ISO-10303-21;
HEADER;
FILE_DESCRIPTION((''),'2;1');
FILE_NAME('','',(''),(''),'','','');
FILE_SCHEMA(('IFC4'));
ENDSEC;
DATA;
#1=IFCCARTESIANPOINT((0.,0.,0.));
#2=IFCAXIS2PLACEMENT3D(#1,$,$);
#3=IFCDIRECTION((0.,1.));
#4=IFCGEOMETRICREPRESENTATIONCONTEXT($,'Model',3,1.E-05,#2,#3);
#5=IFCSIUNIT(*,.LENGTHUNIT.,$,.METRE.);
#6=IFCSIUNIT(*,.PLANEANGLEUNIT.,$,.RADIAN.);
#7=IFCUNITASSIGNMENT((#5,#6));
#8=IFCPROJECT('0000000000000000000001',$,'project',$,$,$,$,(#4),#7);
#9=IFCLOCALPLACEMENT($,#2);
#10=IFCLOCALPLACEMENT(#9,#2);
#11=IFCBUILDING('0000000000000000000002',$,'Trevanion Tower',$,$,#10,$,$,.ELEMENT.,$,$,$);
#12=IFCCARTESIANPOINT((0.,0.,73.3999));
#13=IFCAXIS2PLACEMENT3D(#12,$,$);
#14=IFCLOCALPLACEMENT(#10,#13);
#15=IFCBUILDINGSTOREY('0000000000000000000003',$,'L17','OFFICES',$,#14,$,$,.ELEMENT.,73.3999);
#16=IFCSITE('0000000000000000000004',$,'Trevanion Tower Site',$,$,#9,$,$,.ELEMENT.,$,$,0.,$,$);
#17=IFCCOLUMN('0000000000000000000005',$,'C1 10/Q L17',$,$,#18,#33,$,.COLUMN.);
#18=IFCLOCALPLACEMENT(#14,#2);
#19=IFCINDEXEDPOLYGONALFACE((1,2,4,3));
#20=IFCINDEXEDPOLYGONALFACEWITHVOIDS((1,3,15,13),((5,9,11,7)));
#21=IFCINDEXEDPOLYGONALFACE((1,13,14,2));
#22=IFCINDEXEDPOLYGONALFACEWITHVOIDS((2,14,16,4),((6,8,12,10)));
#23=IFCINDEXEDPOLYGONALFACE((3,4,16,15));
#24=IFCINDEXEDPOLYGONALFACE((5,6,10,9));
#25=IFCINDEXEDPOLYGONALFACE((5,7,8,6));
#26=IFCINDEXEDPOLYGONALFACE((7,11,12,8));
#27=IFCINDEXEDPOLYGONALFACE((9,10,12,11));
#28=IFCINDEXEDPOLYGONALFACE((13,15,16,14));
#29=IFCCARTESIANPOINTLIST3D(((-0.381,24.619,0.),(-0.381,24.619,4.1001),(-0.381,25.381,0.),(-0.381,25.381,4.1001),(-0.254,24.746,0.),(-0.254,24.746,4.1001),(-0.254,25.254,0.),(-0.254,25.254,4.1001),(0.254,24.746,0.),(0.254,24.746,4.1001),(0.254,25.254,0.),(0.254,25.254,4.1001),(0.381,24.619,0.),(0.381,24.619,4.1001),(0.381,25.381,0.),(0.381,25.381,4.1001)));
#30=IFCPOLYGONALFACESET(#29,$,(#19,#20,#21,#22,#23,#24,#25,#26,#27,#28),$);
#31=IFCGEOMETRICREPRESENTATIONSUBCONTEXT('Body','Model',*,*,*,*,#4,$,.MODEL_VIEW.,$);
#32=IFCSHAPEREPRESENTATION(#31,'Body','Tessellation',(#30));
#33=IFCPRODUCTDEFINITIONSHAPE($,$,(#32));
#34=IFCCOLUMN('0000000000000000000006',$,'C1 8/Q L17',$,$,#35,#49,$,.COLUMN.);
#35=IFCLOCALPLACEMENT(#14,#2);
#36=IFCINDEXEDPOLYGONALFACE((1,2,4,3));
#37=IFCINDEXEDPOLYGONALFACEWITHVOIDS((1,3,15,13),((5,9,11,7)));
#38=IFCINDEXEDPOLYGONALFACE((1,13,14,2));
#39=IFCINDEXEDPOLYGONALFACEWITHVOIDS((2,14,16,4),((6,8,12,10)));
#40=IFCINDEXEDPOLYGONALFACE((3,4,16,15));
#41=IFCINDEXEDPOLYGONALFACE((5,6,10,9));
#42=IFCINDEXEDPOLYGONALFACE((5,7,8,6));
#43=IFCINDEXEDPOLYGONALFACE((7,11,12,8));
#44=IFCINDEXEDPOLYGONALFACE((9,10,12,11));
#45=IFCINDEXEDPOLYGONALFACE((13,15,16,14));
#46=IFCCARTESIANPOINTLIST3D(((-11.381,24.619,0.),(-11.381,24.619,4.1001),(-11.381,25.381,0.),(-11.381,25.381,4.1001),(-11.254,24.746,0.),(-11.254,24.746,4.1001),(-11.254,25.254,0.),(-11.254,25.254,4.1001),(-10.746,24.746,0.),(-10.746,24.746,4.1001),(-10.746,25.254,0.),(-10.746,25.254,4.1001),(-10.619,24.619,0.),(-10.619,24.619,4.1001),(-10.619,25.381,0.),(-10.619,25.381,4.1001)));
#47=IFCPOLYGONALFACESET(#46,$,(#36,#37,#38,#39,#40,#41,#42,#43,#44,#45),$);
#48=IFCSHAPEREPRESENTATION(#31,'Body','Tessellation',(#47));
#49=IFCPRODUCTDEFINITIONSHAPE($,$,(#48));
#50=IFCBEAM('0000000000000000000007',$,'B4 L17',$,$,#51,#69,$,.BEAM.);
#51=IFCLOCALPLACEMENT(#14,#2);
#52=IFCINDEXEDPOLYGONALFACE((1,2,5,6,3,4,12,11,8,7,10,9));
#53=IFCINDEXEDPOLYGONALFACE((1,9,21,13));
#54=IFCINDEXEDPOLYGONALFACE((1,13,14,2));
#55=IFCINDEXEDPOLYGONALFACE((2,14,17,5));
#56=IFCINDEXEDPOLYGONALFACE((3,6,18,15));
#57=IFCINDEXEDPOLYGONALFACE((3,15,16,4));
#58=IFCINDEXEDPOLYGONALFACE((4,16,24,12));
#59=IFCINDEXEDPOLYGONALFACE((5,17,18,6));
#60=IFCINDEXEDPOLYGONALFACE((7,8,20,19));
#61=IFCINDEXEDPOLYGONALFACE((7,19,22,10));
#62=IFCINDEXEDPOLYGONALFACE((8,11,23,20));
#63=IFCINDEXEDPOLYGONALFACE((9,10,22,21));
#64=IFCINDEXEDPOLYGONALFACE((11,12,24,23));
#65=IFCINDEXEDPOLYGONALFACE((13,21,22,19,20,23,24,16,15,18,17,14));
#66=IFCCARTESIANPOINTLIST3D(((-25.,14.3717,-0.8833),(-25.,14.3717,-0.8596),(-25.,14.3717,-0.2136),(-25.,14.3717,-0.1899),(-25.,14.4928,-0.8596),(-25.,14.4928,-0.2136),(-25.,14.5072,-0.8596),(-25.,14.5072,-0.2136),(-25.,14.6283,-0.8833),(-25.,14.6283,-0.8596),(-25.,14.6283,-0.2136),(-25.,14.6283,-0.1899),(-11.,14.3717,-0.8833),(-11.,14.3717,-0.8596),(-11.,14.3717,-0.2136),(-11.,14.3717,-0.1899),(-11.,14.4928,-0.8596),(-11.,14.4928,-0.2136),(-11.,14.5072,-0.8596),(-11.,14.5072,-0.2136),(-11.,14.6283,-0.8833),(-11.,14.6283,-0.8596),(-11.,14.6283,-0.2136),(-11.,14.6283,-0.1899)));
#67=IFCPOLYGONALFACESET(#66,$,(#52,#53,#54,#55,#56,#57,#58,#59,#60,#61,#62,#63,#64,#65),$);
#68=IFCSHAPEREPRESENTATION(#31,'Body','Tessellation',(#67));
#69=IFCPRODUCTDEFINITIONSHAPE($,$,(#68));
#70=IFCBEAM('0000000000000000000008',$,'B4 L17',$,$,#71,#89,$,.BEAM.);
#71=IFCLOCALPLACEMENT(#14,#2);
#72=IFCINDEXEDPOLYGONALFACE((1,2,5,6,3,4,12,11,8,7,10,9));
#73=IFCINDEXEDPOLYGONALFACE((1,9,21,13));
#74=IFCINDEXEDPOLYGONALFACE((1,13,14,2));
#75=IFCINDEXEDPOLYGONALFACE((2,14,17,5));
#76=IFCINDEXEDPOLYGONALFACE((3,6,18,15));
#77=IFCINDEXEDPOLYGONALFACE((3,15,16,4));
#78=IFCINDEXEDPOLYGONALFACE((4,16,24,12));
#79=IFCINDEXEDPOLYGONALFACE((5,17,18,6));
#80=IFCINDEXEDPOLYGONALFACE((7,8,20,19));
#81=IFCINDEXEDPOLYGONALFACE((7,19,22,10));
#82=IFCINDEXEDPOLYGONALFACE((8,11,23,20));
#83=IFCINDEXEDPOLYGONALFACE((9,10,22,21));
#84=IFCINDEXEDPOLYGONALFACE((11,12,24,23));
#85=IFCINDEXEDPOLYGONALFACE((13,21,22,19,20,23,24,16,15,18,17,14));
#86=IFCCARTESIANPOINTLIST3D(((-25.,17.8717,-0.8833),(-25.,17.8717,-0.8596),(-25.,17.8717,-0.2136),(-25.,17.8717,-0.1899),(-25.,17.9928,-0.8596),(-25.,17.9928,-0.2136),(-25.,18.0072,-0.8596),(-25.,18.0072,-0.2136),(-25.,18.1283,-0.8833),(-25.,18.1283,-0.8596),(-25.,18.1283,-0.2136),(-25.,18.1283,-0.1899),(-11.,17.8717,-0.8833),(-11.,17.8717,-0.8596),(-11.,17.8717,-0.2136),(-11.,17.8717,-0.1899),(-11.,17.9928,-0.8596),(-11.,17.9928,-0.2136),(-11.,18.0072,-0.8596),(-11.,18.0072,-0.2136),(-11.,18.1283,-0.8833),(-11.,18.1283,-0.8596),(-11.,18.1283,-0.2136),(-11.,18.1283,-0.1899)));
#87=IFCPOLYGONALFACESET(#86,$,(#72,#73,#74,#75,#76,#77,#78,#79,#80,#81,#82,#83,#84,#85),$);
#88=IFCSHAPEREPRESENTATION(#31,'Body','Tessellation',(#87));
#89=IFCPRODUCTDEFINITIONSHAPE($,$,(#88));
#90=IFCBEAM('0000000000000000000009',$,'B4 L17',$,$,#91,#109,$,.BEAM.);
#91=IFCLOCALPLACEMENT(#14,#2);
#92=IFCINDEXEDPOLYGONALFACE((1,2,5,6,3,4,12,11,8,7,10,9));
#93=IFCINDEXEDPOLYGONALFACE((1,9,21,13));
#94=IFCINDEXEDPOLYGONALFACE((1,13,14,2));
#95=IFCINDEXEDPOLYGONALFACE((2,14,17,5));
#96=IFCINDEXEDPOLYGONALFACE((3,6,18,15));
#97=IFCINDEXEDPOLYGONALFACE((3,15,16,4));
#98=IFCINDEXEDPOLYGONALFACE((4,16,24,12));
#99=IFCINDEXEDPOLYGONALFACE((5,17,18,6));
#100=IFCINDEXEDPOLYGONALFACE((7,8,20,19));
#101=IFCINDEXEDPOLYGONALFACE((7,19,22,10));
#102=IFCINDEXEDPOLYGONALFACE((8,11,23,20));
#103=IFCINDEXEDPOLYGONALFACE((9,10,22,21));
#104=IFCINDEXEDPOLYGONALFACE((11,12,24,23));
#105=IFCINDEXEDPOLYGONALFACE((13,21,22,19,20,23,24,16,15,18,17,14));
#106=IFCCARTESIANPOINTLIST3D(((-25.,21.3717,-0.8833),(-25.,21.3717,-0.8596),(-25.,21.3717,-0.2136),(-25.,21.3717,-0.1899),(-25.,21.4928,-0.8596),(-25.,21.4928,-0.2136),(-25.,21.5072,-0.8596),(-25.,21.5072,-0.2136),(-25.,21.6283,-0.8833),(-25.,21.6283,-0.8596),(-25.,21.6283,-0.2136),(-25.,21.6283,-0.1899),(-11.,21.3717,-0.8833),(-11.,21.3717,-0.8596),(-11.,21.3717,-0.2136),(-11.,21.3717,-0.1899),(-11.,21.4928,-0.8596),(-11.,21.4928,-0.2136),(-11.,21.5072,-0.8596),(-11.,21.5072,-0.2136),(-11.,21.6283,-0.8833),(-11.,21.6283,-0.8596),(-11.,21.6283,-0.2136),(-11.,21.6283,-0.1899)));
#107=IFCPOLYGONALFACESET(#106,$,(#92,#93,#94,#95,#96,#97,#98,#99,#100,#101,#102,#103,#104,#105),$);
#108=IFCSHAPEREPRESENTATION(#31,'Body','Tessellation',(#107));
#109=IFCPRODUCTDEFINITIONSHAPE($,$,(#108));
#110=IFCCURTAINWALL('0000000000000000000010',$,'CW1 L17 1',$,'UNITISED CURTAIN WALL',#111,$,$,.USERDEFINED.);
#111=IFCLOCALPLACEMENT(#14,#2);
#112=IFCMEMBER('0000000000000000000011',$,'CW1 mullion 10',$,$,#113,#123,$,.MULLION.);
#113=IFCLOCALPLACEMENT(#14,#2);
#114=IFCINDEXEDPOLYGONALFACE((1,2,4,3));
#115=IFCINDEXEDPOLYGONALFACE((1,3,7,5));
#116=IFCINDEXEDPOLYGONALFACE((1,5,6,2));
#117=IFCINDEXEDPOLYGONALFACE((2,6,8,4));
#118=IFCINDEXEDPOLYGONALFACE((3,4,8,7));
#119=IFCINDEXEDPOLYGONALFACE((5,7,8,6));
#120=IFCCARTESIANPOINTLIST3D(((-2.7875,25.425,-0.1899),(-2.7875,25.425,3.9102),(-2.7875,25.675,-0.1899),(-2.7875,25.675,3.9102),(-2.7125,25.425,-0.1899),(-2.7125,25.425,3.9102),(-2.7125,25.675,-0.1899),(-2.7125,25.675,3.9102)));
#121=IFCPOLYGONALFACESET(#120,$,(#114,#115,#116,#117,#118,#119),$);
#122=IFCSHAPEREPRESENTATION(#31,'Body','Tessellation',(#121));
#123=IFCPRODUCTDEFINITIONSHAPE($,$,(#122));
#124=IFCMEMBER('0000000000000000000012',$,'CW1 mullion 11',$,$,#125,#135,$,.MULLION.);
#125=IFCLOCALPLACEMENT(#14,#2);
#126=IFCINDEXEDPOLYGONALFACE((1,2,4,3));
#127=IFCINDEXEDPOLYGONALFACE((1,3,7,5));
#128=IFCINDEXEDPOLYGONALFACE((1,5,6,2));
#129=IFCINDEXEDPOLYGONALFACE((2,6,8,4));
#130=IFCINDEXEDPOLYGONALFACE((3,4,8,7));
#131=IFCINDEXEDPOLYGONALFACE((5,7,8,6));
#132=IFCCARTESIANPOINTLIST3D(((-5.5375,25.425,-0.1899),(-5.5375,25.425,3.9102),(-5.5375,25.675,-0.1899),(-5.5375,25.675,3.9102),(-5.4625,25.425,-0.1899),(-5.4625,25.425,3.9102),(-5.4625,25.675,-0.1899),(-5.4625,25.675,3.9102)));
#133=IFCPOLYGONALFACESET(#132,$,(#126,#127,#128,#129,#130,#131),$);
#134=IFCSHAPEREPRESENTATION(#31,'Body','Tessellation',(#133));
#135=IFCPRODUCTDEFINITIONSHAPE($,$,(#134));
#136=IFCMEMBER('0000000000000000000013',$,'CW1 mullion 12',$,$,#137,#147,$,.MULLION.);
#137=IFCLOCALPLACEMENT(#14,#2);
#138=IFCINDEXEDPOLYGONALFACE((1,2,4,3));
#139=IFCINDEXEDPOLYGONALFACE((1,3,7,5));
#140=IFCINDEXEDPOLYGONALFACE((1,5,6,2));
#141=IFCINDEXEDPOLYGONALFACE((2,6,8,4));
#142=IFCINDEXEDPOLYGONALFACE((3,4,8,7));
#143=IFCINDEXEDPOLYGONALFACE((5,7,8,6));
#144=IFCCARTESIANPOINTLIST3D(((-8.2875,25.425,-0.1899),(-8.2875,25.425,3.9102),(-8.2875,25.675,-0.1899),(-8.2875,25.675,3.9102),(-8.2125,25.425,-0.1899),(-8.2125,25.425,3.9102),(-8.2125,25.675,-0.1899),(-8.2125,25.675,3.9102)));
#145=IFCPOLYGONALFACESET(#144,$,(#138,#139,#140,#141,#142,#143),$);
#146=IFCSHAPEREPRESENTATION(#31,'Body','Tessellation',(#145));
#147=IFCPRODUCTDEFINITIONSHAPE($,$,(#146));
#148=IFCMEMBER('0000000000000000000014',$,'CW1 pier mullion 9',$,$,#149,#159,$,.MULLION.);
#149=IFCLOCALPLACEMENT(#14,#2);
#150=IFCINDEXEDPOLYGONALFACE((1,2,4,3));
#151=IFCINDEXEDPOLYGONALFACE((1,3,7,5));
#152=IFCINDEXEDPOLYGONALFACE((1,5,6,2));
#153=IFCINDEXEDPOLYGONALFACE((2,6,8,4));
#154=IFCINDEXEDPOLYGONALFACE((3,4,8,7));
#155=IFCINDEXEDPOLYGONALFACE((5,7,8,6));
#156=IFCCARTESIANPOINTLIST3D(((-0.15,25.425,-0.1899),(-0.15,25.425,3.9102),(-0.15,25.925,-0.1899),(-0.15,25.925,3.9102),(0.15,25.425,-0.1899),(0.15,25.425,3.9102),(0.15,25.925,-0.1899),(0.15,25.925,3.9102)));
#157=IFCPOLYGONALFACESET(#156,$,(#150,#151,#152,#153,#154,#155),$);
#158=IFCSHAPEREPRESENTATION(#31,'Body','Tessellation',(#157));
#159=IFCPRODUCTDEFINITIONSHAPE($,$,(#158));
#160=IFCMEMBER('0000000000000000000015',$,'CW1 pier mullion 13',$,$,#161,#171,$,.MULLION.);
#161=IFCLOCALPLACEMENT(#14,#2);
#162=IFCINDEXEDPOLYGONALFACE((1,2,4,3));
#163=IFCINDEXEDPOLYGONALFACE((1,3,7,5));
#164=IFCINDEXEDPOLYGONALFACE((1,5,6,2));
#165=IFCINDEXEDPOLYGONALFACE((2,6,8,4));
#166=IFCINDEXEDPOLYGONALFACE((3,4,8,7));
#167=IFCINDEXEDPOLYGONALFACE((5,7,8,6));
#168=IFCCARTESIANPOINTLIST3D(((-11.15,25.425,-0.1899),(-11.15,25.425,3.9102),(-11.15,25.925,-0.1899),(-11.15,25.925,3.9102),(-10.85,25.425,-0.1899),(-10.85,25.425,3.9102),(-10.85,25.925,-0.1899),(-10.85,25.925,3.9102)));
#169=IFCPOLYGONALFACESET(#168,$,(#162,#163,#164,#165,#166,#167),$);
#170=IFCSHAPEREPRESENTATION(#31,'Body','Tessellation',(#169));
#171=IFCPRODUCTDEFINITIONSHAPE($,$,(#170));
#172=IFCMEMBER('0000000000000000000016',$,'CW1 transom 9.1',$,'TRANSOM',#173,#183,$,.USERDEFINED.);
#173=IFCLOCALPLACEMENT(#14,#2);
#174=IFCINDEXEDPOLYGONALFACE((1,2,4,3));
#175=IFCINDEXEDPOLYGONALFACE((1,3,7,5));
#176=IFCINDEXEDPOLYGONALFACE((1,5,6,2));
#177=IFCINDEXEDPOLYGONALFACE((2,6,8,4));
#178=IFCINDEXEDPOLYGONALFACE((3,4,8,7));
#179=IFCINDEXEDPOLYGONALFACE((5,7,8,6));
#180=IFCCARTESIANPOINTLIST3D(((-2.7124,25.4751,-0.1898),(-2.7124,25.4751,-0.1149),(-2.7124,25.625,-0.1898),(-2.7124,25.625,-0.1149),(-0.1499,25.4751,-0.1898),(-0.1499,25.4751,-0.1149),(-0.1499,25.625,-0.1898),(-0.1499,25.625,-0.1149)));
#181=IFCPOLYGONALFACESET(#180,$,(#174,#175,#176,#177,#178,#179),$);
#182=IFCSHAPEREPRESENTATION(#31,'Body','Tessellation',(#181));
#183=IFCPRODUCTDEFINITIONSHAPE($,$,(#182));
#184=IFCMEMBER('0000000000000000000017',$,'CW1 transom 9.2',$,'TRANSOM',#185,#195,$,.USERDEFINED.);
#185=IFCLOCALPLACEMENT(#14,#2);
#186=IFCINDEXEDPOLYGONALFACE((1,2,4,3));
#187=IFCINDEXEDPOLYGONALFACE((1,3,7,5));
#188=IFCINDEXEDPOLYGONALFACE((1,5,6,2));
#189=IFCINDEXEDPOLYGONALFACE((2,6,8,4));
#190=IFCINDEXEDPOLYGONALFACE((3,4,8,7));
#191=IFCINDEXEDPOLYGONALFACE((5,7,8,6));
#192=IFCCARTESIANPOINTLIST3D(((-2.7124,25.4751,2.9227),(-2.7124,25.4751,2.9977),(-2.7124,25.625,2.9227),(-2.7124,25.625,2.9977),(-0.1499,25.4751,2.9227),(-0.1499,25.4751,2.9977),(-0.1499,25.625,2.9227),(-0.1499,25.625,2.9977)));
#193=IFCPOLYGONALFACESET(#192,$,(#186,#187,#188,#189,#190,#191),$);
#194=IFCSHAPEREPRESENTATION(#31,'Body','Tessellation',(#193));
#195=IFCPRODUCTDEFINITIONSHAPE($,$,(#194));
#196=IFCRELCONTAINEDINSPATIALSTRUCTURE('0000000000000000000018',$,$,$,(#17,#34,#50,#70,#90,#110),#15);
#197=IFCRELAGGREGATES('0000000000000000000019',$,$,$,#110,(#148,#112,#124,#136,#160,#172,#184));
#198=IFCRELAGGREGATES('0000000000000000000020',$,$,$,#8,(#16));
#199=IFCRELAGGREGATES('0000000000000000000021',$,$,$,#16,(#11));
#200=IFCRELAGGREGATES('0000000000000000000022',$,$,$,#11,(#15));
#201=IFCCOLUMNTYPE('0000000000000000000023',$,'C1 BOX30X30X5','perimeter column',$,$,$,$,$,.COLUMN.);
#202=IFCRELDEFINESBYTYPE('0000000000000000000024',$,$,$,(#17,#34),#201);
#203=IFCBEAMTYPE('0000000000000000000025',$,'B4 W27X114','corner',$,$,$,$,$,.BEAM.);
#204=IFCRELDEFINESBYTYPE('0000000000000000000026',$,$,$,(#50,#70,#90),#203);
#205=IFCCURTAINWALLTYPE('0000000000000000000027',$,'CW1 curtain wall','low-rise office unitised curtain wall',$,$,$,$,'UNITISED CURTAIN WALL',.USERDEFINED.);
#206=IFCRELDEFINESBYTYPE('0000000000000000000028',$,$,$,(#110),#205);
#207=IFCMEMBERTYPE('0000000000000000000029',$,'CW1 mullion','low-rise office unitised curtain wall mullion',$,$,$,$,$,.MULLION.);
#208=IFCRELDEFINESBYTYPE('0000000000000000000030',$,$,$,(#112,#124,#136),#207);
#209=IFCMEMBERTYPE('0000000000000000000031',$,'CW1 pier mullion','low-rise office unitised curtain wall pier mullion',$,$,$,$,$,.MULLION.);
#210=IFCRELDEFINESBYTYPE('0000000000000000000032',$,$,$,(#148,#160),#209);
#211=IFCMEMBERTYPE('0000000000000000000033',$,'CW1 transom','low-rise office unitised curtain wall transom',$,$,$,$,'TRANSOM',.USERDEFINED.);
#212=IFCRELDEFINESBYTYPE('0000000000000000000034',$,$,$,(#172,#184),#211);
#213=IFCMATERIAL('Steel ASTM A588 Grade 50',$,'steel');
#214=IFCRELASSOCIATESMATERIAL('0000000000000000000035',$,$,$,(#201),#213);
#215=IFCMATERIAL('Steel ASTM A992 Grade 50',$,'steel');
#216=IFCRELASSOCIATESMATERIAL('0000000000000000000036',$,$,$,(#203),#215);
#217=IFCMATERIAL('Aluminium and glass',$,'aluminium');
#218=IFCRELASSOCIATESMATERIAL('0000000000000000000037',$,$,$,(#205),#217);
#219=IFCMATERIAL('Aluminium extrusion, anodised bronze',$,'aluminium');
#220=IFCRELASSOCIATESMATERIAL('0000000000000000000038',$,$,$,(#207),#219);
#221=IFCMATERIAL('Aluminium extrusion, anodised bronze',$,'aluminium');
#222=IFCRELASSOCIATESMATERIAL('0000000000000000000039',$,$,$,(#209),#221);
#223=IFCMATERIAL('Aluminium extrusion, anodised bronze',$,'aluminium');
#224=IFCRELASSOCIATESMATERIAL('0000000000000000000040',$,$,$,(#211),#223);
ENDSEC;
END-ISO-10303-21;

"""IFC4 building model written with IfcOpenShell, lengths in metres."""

from ifc_helpers import new_model, si_unit, direction, frame, origin, origin_2d, place, context, subcontext, project, spatial, rectangle, hollow_rectangle, i_section, extrude, material, material_profile, profile_set, type_object, element, aggregate, save


model = new_model("IFC4")

# Units and contexts
model_context = context("Model", 3, precision=1e-05, world=origin(), true_north=direction((0.0, 1.0)))
body_context = subcontext(model_context, "Body", "Model", "MODEL_VIEW")
ifc_project = project(units=[si_unit("LENGTHUNIT", "METRE"), si_unit("PLANEANGLEUNIT", "RADIAN")], contexts=[model_context])

# Site, building, storey
site_placement = place(None, origin())
site = spatial("IfcSite", under=ifc_project, at=site_placement, Name="Trevanion Tower Site", CompositionType="ELEMENT", RefElevation=0.0)
building_placement = place(site_placement, origin())
building = spatial("IfcBuilding", under=site, at=building_placement, Name="Trevanion Tower", CompositionType="ELEMENT")
storey_placement = place(building_placement, frame((0.0, 0.0, 73.3999)))
storey = spatial("IfcBuildingStorey", under=building, at=storey_placement, Name="L17", Description="OFFICES", CompositionType="ELEMENT", Elevation=73.3999)

# Columns
ifc_material_1 = material(Name="Steel ASTM A588 Grade 50", Category="steel")
ifc_material_profile_1 = material_profile(ifc_material_1, hollow_rectangle(XDim=0.762, YDim=0.762, WallThickness=0.127, at=origin_2d()), Name="BOX30X30X5")
ifc_profile_set_1 = profile_set([ifc_material_profile_1], Name="Steel ASTM A588 Grade 50")
column_type = type_object("IfcColumnType", Name="C1 BOX30X30X5", Description="perimeter column", PredefinedType="COLUMN", material=ifc_profile_set_1)
for number, where, z_axis, x_axis, name in (
    (1, (0.0, 25.0, 0.0), (0.0, 0.0, 1.0), (1.0, 0.0, 0.0), "C1 10/Q L17"),
    (2, (-11.0, 25.0, 0.0), (0.0, 0.0, 1.0), (1.0, 0.0, 0.0), "C1 8/Q L17"),
):
    element("IfcColumn", number, at=place(storey_placement, frame(where, z_axis=z_axis, x_axis=x_axis)), inside=storey, type_object=column_type, Name=name, PredefinedType="COLUMN", context=body_context, shape_type="SweptSolid", body=[
        extrude(hollow_rectangle(XDim=0.762, YDim=0.762, WallThickness=0.127, at=origin_2d()), origin(), (0.0, 0.0, 1.0), 4.1001),
    ])

# Beams
ifc_material_2 = material(Name="Steel ASTM A992 Grade 50", Category="steel")
ifc_material_profile_2 = material_profile(ifc_material_2, i_section(OverallWidth=0.2566, OverallDepth=0.6934, WebThickness=0.0144, FlangeThickness=0.0237, at=origin_2d()), Name="W27X114")
ifc_profile_set_2 = profile_set([ifc_material_profile_2], Name="Steel ASTM A992 Grade 50")
beam_type_1 = type_object("IfcBeamType", Name="B4 W27X114", Description="corner", PredefinedType="BEAM", material=ifc_profile_set_2)
for number, where, z_axis, x_axis, name in (
    (3, (-11.0, 14.5, -0.5366), (-1.0, 0.0, 0.0), (0.0, -1.0, 0.0), "B4 L17"),
    (4, (-11.0, 18.0, -0.5366), (-1.0, 0.0, 0.0), (0.0, -1.0, 0.0), "B4 L17"),
    (5, (-11.0, 21.5, -0.5366), (-1.0, 0.0, 0.0), (0.0, -1.0, 0.0), "B4 L17"),
):
    element("IfcBeam", number, at=place(storey_placement, frame(where, z_axis=z_axis, x_axis=x_axis)), inside=storey, type_object=beam_type_1, Name=name, PredefinedType="BEAM", context=body_context, shape_type="SweptSolid", body=[
        extrude(i_section(OverallWidth=0.2566, OverallDepth=0.6934, WebThickness=0.0144, FlangeThickness=0.0237, at=origin_2d()), origin(), (0.0, 0.0, 1.0), 14.0),
    ])

# Curtain wall, members
ifc_material_3 = material(Name="Aluminium and glass", Category="aluminium")
curtain_wall_type = type_object("IfcCurtainWallType", Name="CW1 curtain wall", Description="low-rise office unitised curtain wall", ElementType="UNITISED CURTAIN WALL", PredefinedType="USERDEFINED", material=ifc_material_3)
curtain_wall_placement = place(storey_placement, origin())
curtain_wall = element("IfcCurtainWall", 6, at=curtain_wall_placement, inside=storey, type_object=curtain_wall_type, Name="CW1 L17 1", ObjectType="UNITISED CURTAIN WALL", PredefinedType="USERDEFINED")
ifc_material_4 = material(Name="Aluminium extrusion, anodised bronze", Category="aluminium")
ifc_material_profile_3 = material_profile(ifc_material_4, rectangle(XDim=0.075, YDim=0.25, at=origin_2d()), Name="CW1 mullion")
ifc_profile_set_3 = profile_set([ifc_material_profile_3], Name="Aluminium extrusion, anodised bronze")
member_type_1 = type_object("IfcMemberType", Name="CW1 mullion", Description="low-rise office unitised curtain wall mullion", PredefinedType="MULLION", material=ifc_profile_set_3)
member_1_placement = place(storey_placement, frame((-2.75, 25.55, -0.1899), z_axis=(0.0, 0.0, 1.0), x_axis=(-1.0, 0.0, 0.0)))
member_1 = element("IfcMember", 7, at=member_1_placement, type_object=member_type_1, Name="CW1 mullion 10", PredefinedType="MULLION", context=body_context, shape_type="SweptSolid", body=[
    extrude(rectangle(XDim=0.075, YDim=0.25, at=origin_2d()), origin(), (0.0, 0.0, 1.0), 4.1001),
])
member_2_placement = place(storey_placement, frame((-5.5, 25.55, -0.1899), z_axis=(0.0, 0.0, 1.0), x_axis=(-1.0, 0.0, 0.0)))
member_2 = element("IfcMember", 8, at=member_2_placement, type_object=member_type_1, Name="CW1 mullion 11", PredefinedType="MULLION", context=body_context, shape_type="SweptSolid", body=[
    extrude(rectangle(XDim=0.075, YDim=0.25, at=origin_2d()), origin(), (0.0, 0.0, 1.0), 4.1001),
])
member_3_placement = place(storey_placement, frame((-8.25, 25.55, -0.1899), z_axis=(0.0, 0.0, 1.0), x_axis=(-1.0, 0.0, 0.0)))
member_3 = element("IfcMember", 9, at=member_3_placement, type_object=member_type_1, Name="CW1 mullion 12", PredefinedType="MULLION", context=body_context, shape_type="SweptSolid", body=[
    extrude(rectangle(XDim=0.075, YDim=0.25, at=origin_2d()), origin(), (0.0, 0.0, 1.0), 4.1001),
])
ifc_material_5 = material(Name="Aluminium extrusion, anodised bronze", Category="aluminium")
ifc_material_profile_4 = material_profile(ifc_material_5, rectangle(XDim=0.3, YDim=0.5, at=origin_2d()), Name="CW1 pier mullion")
ifc_profile_set_4 = profile_set([ifc_material_profile_4], Name="Aluminium extrusion, anodised bronze")
member_type_2 = type_object("IfcMemberType", Name="CW1 pier mullion", Description="low-rise office unitised curtain wall pier mullion", PredefinedType="MULLION", material=ifc_profile_set_4)
member_4_placement = place(storey_placement, frame((0.0, 25.675, -0.1899), z_axis=(0.0, 0.0, 1.0), x_axis=(-1.0, 0.0, 0.0)))
member_4 = element("IfcMember", 10, at=member_4_placement, type_object=member_type_2, Name="CW1 pier mullion 9", PredefinedType="MULLION", context=body_context, shape_type="SweptSolid", body=[
    extrude(rectangle(XDim=0.3, YDim=0.5, at=origin_2d()), origin(), (0.0, 0.0, 1.0), 4.1001),
])
member_5_placement = place(storey_placement, frame((-11.0, 25.675, -0.1899), z_axis=(0.0, 0.0, 1.0), x_axis=(-1.0, 0.0, 0.0)))
member_5 = element("IfcMember", 11, at=member_5_placement, type_object=member_type_2, Name="CW1 pier mullion 13", PredefinedType="MULLION", context=body_context, shape_type="SweptSolid", body=[
    extrude(rectangle(XDim=0.3, YDim=0.5, at=origin_2d()), origin(), (0.0, 0.0, 1.0), 4.1001),
])
ifc_material_6 = material(Name="Aluminium extrusion, anodised bronze", Category="aluminium")
ifc_material_profile_5 = material_profile(ifc_material_6, rectangle(XDim=0.1499, YDim=0.075, at=origin_2d()), Name="CW1 transom")
ifc_profile_set_5 = profile_set([ifc_material_profile_5], Name="Aluminium extrusion, anodised bronze")
member_type_3 = type_object("IfcMemberType", Name="CW1 transom", Description="low-rise office unitised curtain wall transom", ElementType="TRANSOM", PredefinedType="USERDEFINED", material=ifc_profile_set_5)
member_6_placement = place(storey_placement, frame((-0.1499, 25.55, -0.1523), z_axis=(-1.0, 0.0, 0.0), x_axis=(0.0, -1.0, 0.0)))
member_6 = element("IfcMember", 12, at=member_6_placement, type_object=member_type_3, Name="CW1 transom 9.1", ObjectType="TRANSOM", PredefinedType="USERDEFINED", context=body_context, shape_type="SweptSolid", body=[
    extrude(rectangle(XDim=0.1499, YDim=0.075, at=origin_2d()), origin(), (0.0, 0.0, 1.0), 2.5625),
])
member_7_placement = place(storey_placement, frame((-0.1499, 25.55, 2.9602), z_axis=(-1.0, 0.0, 0.0), x_axis=(0.0, -1.0, 0.0)))
member_7 = element("IfcMember", 13, at=member_7_placement, type_object=member_type_3, Name="CW1 transom 9.2", ObjectType="TRANSOM", PredefinedType="USERDEFINED", context=body_context, shape_type="SweptSolid", body=[
    extrude(rectangle(XDim=0.1499, YDim=0.075, at=origin_2d()), origin(), (0.0, 0.0, 1.0), 2.5625),
])

aggregate(curtain_wall, [member_4, member_1, member_2, member_3, member_5, member_6, member_7])

save(model, "model.ifc")
